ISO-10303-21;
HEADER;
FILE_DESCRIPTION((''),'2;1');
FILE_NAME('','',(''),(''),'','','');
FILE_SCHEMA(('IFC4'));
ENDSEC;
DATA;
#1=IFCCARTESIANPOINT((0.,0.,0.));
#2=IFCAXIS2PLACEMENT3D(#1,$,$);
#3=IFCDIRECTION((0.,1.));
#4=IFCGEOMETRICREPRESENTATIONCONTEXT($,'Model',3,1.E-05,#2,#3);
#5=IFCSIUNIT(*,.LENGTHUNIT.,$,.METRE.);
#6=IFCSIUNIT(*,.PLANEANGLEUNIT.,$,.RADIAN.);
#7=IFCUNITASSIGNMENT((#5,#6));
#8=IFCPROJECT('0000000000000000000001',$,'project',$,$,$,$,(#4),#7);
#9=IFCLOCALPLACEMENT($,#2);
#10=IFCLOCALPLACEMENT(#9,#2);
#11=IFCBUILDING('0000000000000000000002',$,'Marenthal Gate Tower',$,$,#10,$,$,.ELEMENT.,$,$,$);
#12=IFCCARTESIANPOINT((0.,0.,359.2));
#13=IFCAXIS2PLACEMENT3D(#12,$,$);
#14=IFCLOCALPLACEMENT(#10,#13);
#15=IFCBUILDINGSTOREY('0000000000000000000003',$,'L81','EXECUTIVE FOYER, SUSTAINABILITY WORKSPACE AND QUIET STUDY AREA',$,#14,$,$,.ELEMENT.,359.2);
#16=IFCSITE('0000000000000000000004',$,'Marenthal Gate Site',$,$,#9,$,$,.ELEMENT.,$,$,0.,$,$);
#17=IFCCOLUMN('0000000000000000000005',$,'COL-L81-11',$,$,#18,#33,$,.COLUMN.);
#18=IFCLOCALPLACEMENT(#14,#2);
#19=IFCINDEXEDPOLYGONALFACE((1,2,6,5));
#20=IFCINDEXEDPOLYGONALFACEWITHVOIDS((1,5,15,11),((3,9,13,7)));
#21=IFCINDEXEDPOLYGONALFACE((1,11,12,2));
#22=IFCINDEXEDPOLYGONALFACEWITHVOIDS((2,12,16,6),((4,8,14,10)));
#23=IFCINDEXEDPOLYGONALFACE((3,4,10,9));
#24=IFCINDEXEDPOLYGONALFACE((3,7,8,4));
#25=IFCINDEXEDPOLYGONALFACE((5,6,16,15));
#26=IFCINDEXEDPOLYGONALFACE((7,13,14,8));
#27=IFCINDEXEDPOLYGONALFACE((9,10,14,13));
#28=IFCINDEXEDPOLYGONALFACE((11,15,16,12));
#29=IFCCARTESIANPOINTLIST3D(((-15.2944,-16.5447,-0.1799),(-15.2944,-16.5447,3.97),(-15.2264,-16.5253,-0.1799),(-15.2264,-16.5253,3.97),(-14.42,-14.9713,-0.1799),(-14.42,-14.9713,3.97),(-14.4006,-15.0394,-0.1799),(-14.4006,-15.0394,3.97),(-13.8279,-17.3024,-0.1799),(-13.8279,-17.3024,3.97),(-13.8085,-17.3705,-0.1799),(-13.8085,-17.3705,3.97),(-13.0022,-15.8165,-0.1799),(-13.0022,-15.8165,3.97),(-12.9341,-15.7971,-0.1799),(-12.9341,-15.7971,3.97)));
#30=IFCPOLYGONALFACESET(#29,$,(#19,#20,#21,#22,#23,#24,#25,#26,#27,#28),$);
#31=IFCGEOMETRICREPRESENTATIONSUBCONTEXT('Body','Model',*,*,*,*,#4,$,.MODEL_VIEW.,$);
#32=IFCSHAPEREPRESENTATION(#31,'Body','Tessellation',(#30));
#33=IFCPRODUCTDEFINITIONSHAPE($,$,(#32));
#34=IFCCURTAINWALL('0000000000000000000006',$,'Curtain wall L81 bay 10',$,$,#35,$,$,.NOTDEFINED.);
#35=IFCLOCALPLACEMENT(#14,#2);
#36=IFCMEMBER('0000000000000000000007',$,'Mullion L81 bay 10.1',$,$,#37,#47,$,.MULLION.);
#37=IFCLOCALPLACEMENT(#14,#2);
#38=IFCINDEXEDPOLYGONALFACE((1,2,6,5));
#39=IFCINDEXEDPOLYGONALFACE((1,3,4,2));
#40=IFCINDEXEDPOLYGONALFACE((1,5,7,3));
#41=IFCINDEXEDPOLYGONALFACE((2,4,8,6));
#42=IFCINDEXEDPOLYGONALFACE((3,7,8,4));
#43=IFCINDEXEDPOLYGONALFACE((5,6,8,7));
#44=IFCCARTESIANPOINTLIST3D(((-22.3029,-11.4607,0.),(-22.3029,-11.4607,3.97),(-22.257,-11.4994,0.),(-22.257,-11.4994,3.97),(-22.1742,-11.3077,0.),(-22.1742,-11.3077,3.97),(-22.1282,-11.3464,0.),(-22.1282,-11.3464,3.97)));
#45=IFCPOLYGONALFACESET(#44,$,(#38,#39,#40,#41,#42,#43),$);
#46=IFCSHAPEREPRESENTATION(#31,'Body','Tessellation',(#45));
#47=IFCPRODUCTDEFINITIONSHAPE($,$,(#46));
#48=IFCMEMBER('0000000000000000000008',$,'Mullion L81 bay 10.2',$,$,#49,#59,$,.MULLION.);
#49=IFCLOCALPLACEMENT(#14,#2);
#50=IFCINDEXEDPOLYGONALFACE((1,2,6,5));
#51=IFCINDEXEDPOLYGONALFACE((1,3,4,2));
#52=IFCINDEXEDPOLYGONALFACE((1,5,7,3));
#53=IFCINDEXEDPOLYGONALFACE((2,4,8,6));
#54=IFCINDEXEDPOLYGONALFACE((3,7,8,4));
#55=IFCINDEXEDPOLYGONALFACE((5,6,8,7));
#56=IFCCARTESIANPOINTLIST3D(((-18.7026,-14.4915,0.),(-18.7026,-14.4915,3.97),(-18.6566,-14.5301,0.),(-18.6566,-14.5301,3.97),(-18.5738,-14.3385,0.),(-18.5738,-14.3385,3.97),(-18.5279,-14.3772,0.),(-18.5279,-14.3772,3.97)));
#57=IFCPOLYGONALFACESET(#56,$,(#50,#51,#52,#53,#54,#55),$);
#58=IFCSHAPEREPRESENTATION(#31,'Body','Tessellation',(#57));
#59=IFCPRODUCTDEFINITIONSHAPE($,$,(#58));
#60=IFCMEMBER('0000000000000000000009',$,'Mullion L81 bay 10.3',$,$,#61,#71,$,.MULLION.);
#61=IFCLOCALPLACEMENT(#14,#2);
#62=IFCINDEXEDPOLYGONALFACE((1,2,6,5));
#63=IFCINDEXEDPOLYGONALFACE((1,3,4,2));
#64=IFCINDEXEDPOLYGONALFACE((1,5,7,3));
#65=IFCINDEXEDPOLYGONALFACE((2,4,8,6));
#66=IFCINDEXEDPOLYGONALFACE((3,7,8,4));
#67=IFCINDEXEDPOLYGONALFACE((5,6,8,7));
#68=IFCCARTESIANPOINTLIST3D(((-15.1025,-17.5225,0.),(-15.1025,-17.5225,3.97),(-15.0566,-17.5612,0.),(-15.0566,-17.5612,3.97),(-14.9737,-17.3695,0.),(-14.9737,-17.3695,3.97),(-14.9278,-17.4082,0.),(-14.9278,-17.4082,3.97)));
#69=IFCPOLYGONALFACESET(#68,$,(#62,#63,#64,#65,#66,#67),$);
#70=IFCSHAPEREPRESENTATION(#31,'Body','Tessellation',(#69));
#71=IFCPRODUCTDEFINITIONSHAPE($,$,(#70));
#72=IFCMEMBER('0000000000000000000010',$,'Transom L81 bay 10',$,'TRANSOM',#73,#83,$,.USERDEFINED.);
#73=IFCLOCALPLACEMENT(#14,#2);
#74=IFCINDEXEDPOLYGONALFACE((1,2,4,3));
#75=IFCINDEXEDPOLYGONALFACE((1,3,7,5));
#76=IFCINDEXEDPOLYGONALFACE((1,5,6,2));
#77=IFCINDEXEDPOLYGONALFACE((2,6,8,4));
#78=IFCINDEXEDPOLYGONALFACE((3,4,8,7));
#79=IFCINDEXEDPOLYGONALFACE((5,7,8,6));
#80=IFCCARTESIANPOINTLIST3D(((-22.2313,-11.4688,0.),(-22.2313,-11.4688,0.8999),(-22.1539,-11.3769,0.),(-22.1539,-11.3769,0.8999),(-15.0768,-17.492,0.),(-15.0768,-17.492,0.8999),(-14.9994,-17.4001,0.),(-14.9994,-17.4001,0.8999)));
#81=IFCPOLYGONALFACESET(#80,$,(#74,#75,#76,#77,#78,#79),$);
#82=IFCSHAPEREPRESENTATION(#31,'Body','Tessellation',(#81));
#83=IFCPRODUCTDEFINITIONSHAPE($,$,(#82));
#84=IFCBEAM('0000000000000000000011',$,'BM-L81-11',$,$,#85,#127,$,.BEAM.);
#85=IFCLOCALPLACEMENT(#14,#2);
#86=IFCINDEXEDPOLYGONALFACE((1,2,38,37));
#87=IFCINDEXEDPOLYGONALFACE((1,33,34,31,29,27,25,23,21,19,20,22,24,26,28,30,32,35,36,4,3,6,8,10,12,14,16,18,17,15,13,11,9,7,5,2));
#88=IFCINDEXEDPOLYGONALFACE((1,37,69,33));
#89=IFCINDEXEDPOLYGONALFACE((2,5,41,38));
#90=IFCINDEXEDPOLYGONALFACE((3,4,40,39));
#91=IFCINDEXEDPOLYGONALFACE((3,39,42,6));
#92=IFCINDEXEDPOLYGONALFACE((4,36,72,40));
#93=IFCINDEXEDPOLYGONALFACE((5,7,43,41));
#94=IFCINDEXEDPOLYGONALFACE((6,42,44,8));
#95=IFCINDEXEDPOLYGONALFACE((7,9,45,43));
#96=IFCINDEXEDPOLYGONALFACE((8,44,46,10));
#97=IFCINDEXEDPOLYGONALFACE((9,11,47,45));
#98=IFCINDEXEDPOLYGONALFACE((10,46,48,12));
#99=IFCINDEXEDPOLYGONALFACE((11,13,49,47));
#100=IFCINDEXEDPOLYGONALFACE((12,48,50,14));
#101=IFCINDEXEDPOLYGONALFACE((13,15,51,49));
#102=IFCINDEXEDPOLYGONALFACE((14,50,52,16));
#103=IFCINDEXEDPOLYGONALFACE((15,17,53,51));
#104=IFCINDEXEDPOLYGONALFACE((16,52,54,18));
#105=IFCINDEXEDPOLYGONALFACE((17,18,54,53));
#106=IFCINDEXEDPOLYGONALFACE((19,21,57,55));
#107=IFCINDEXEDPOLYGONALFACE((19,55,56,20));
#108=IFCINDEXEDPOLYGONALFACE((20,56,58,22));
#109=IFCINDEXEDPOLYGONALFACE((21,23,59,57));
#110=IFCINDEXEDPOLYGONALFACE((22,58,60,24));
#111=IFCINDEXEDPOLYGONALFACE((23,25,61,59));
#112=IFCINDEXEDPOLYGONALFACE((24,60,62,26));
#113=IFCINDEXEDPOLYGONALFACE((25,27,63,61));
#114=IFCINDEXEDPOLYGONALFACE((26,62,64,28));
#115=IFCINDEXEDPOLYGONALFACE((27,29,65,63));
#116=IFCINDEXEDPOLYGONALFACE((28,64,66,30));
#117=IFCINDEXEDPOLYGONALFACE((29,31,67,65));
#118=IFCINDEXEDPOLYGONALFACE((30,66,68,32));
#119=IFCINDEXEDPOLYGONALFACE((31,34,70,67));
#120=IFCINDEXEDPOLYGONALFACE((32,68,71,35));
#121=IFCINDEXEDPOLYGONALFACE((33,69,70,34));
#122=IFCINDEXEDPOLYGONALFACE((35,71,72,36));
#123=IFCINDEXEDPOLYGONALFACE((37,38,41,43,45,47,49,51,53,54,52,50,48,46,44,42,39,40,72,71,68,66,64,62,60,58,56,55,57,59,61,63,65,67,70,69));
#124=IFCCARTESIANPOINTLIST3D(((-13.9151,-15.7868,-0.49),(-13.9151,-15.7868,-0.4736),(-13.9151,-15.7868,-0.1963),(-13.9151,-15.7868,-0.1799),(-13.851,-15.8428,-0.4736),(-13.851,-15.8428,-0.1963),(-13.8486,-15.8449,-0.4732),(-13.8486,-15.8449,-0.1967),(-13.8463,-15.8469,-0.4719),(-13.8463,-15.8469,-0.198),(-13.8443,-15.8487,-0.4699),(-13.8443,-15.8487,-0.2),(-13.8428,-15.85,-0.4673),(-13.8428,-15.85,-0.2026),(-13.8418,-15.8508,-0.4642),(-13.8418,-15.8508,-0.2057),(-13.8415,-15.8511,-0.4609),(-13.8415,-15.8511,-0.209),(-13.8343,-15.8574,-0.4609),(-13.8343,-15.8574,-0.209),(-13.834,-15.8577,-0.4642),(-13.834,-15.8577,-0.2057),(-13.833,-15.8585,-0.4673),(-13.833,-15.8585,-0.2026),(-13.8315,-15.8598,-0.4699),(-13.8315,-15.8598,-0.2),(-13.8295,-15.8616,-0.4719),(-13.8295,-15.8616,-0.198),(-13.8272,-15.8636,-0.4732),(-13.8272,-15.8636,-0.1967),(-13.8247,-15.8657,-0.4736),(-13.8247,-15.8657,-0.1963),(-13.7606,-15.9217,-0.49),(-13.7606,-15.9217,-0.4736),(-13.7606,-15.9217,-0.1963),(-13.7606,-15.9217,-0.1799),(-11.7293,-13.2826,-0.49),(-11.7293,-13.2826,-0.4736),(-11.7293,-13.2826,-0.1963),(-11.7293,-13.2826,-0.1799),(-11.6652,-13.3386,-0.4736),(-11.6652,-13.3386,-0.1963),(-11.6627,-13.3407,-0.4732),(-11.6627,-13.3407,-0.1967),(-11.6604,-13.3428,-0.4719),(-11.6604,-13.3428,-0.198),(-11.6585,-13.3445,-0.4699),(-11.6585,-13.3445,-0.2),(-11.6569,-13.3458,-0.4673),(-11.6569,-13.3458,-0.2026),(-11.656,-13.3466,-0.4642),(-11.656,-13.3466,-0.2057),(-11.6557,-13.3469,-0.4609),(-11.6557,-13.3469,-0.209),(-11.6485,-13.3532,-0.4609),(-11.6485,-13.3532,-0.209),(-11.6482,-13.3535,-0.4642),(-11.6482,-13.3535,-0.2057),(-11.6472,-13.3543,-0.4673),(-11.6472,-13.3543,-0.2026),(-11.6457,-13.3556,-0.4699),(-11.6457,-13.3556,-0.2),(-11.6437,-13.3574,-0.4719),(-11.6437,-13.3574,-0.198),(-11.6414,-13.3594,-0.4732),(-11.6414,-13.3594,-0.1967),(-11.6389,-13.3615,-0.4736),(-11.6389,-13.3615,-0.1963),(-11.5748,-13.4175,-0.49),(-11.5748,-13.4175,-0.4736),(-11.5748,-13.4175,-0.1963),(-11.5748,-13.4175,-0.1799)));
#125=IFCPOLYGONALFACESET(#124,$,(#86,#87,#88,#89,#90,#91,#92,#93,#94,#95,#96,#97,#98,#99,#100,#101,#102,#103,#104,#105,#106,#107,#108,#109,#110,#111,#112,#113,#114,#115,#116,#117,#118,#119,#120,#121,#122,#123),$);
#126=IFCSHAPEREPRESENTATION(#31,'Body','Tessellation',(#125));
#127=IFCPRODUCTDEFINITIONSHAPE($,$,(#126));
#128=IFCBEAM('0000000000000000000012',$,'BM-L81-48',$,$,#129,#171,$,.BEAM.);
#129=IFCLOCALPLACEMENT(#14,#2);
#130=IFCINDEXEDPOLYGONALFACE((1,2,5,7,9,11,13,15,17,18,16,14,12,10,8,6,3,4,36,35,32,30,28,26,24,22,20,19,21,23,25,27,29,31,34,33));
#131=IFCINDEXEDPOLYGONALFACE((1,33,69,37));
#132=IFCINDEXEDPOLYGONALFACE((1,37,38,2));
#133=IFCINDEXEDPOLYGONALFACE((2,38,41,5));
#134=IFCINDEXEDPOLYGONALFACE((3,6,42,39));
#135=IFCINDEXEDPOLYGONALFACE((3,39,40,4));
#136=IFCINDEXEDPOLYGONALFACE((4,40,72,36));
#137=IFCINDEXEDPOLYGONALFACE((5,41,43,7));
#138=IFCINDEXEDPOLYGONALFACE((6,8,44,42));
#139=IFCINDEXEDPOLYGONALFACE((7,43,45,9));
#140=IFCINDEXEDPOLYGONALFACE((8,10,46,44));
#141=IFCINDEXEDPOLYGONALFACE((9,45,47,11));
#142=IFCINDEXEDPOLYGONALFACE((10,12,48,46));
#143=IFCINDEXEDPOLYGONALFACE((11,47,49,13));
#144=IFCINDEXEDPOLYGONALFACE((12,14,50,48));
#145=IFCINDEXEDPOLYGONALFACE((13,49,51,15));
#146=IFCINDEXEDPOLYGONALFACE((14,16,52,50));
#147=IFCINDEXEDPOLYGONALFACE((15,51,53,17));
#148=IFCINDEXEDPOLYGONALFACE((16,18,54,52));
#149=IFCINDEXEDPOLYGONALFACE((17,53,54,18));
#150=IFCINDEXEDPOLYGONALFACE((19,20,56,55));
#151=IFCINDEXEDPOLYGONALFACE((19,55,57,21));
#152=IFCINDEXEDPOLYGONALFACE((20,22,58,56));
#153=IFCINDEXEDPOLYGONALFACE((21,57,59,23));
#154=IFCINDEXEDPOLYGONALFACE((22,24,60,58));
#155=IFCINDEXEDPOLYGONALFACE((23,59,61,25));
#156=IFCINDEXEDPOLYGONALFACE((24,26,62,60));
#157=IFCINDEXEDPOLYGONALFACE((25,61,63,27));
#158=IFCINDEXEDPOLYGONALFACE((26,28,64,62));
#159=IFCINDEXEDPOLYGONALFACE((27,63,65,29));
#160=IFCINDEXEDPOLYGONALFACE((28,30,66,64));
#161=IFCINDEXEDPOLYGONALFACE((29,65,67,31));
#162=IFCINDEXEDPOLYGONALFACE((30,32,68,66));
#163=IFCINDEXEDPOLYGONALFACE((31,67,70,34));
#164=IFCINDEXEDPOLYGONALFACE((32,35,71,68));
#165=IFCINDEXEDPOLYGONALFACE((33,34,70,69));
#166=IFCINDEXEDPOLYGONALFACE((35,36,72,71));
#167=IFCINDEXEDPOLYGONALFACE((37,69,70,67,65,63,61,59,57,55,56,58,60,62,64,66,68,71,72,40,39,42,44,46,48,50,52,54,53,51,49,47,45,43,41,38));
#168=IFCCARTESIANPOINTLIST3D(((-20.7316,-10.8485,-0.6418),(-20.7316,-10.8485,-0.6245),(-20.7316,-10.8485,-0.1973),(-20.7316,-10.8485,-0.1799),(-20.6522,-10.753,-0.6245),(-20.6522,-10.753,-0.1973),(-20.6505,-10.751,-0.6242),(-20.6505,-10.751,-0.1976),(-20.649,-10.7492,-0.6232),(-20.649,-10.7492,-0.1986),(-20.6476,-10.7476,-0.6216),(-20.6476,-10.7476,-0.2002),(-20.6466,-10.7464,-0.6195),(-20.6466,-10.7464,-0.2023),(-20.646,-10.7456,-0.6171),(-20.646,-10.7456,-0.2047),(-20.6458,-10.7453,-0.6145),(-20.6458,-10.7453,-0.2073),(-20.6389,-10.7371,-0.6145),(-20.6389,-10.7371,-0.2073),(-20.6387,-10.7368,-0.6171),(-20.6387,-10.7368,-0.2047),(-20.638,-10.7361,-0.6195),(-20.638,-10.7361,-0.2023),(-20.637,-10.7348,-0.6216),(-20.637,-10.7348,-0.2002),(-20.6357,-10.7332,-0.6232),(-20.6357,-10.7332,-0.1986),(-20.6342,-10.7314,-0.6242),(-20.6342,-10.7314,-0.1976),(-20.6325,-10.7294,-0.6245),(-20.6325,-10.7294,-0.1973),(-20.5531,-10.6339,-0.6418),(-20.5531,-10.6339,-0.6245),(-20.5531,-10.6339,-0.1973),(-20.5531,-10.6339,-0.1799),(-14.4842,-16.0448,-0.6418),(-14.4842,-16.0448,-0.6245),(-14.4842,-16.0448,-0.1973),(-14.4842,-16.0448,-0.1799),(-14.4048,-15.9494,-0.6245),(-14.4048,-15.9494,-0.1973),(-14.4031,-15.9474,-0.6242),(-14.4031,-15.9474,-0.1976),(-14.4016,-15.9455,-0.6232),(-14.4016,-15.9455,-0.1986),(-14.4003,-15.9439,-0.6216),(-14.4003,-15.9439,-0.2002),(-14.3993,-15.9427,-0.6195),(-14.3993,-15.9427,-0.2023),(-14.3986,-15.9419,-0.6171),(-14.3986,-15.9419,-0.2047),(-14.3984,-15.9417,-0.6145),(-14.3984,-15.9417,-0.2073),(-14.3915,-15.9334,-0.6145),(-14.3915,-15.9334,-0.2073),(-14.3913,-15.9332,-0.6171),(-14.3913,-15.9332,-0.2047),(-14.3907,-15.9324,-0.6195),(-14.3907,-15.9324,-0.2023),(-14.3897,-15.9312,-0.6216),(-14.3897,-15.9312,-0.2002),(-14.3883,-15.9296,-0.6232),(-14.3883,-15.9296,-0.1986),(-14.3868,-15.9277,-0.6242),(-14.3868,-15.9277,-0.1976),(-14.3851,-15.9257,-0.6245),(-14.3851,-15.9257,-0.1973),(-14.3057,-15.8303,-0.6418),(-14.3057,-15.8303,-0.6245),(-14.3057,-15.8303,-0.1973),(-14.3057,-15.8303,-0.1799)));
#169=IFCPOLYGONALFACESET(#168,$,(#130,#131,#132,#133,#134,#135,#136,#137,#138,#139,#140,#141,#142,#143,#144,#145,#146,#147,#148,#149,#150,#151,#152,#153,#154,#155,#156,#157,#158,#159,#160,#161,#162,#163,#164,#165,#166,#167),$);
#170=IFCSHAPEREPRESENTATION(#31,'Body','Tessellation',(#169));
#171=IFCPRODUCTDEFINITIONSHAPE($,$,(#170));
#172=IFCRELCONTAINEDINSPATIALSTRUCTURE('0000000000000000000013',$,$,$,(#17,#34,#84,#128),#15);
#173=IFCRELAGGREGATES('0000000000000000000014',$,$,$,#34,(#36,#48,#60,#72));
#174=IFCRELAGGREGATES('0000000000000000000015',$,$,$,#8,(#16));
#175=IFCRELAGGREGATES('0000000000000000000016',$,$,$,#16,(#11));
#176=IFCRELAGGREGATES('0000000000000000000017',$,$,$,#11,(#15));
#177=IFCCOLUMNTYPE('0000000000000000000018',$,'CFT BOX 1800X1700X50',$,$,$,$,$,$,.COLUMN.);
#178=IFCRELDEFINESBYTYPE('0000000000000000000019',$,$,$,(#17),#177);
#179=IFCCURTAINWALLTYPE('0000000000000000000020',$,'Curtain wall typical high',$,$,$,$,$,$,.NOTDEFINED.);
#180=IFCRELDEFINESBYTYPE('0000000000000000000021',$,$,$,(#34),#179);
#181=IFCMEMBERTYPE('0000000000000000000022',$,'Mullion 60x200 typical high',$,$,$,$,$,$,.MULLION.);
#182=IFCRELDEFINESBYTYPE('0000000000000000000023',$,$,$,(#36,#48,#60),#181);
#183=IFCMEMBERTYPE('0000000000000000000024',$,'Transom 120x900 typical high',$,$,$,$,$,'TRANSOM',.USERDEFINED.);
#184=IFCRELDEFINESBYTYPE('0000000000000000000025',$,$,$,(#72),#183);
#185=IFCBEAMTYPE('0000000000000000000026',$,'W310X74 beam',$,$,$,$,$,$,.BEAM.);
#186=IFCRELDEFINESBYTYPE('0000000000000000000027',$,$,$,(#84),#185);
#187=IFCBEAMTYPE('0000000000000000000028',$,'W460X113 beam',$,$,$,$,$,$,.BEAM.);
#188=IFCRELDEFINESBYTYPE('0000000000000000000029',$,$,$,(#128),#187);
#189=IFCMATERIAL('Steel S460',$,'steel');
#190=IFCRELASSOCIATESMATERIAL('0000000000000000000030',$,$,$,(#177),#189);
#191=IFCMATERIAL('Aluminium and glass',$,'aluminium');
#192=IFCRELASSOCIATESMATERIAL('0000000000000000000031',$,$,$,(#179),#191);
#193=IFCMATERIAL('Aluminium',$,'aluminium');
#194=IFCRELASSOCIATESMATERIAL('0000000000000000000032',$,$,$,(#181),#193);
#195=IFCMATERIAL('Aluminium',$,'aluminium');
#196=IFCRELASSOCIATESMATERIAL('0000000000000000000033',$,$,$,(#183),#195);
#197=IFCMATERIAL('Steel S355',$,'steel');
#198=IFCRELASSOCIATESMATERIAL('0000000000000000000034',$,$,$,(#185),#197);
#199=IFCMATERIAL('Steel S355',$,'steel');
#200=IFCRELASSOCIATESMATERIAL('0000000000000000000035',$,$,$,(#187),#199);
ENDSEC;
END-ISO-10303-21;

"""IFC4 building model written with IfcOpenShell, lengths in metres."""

from ifc_helpers import new_model, si_unit, direction, frame, origin, origin_2d, place, context, subcontext, project, spatial, rectangle, hollow_rectangle, i_section, extrude, material, material_profile, profile_set, type_object, element, aggregate, save


model = new_model("IFC4")

# Units and contexts
model_context = context("Model", 3, precision=1e-05, world=origin(), true_north=direction((0.0, 1.0)))
body_context = subcontext(model_context, "Body", "Model", "MODEL_VIEW")
ifc_project = project(units=[si_unit("LENGTHUNIT", "METRE"), si_unit("PLANEANGLEUNIT", "RADIAN")], contexts=[model_context])

# Site, building, storey
site_placement = place(None, origin())
site = spatial("IfcSite", under=ifc_project, at=site_placement, Name="Marenthal Gate Site", CompositionType="ELEMENT", RefElevation=0.0)
building_placement = place(site_placement, origin())
building = spatial("IfcBuilding", under=site, at=building_placement, Name="Marenthal Gate Tower", CompositionType="ELEMENT")
storey_placement = place(building_placement, frame((0.0, 0.0, 359.2)))
storey = spatial("IfcBuildingStorey", under=building, at=storey_placement, Name="L81", Description="EXECUTIVE FOYER, SUSTAINABILITY WORKSPACE AND QUIET STUDY AREA", CompositionType="ELEMENT", Elevation=359.2)

# Column
ifc_material_1 = material(Name="Steel S460", Category="steel")
ifc_material_profile_1 = material_profile(ifc_material_1, hollow_rectangle(XDim=1.7, YDim=1.8, WallThickness=0.05, at=origin_2d()), Name="CFT BOX 1800X1700X50")
ifc_material_2 = material(Name="Concrete 70 MPa", Category="concrete")
ifc_material_profile_2 = material_profile(ifc_material_2, rectangle(XDim=1.6001, YDim=1.7, at=origin_2d()), Name="CFT BOX 1800X1700X50 INFILL")
ifc_profile_set_1 = profile_set([ifc_material_profile_1, ifc_material_profile_2], Name="Steel S460 shell, Concrete 70 MPa infill")
column_type = type_object("IfcColumnType", Name="CFT BOX 1800X1700X50", PredefinedType="COLUMN", material=ifc_profile_set_1)
column_placement = place(storey_placement, frame((-14.1143, -16.1709, -0.1799), z_axis=(0.0, 0.0, 1.0), x_axis=(-0.874089, 0.485765, 0.0)))
element("IfcColumn", 1, at=column_placement, inside=storey, type_object=column_type, Name="COL-L81-11", PredefinedType="COLUMN", context=body_context, shape_type="SweptSolid", body=[
    extrude(hollow_rectangle(XDim=1.7, YDim=1.8, WallThickness=0.05, at=origin_2d()), origin(), (0.0, 0.0, 1.0), 4.1499),
])

# Curtain wall, members
ifc_material_3 = material(Name="Aluminium and glass", Category="aluminium")
curtain_wall_type = type_object("IfcCurtainWallType", Name="Curtain wall typical high", PredefinedType="NOTDEFINED", material=ifc_material_3)
curtain_wall_placement = place(storey_placement, origin())
curtain_wall = element("IfcCurtainWall", 2, at=curtain_wall_placement, inside=storey, type_object=curtain_wall_type, Name="Curtain wall L81 bay 10", PredefinedType="NOTDEFINED")
ifc_material_4 = material(Name="Aluminium", Category="aluminium")
ifc_material_profile_3 = material_profile(ifc_material_4, rectangle(XDim=0.2, YDim=0.0601, at=origin_2d()), Name="60x200 aluminium mullion")
ifc_profile_set_2 = profile_set([ifc_material_profile_3], Name="Aluminium")
member_type_1 = type_object("IfcMemberType", Name="Mullion 60x200 typical high", PredefinedType="MULLION", material=ifc_profile_set_2)
member_1_placement = place(storey_placement, frame((-22.2156, -11.4036, 0.0), z_axis=(0.0, 0.0, 1.0), x_axis=(0.644023, 0.765006, 0.0)))
member_1 = element("IfcMember", 3, at=member_1_placement, type_object=member_type_1, Name="Mullion L81 bay 10.1", PredefinedType="MULLION", context=body_context, shape_type="SweptSolid", body=[
    extrude(rectangle(XDim=0.2, YDim=0.0601, at=origin_2d()), origin(), (0.0, 0.0, 1.0), 3.97),
])
member_2_placement = place(storey_placement, frame((-18.6152, -14.4343, 0.0), z_axis=(0.0, 0.0, 1.0), x_axis=(0.644023, 0.765006, 0.0)))
member_2 = element("IfcMember", 4, at=member_2_placement, type_object=member_type_1, Name="Mullion L81 bay 10.2", PredefinedType="MULLION", context=body_context, shape_type="SweptSolid", body=[
    extrude(rectangle(XDim=0.2, YDim=0.0601, at=origin_2d()), origin(), (0.0, 0.0, 1.0), 3.97),
])
member_3_placement = place(storey_placement, frame((-15.0151, -17.4653, 0.0), z_axis=(0.0, 0.0, 1.0), x_axis=(0.644023, 0.765006, 0.0)))
member_3 = element("IfcMember", 5, at=member_3_placement, type_object=member_type_1, Name="Mullion L81 bay 10.3", PredefinedType="MULLION", context=body_context, shape_type="SweptSolid", body=[
    extrude(rectangle(XDim=0.2, YDim=0.0601, at=origin_2d()), origin(), (0.0, 0.0, 1.0), 3.97),
])
ifc_material_5 = material(Name="Aluminium", Category="aluminium")
ifc_material_profile_4 = material_profile(ifc_material_5, rectangle(XDim=0.1201, YDim=0.8999, at=origin_2d()), Name="120x900 aluminium transom")
ifc_profile_set_3 = profile_set([ifc_material_profile_4], Name="Aluminium")
member_type_2 = type_object("IfcMemberType", Name="Transom 120x900 typical high", ElementType="TRANSOM", PredefinedType="USERDEFINED", material=ifc_profile_set_3)
member_4_placement = place(storey_placement, frame((-22.1926, -11.4229, 0.45), z_axis=(0.765, -0.64403, 0.0), x_axis=(0.64403, 0.765, 0.0)))
member_4 = element("IfcMember", 6, at=member_4_placement, type_object=member_type_2, Name="Transom L81 bay 10", ObjectType="TRANSOM", PredefinedType="USERDEFINED", context=body_context, shape_type="SweptSolid", body=[
    extrude(rectangle(XDim=0.1201, YDim=0.8999, at=origin_2d()), origin(), (0.0, 0.0, 1.0), 9.3523),
])

# Beams
ifc_material_6 = material(Name="Steel S355", Category="steel")
ifc_material_profile_5 = material_profile(ifc_material_6, i_section(OverallWidth=0.2051, OverallDepth=0.3101, WebThickness=0.0095, FlangeThickness=0.0164, FilletRadius=0.0127, at=origin_2d()), Name="W310X74")
ifc_profile_set_4 = profile_set([ifc_material_profile_5], Name="Steel S355")
beam_type_1 = type_object("IfcBeamType", Name="W310X74 beam", PredefinedType="BEAM", material=ifc_profile_set_4)
beam_1_placement = place(storey_placement, frame((-13.8379, -15.8542, -0.335), z_axis=(0.657594, 0.753372, 0.0), x_axis=(-0.753372, 0.657594, 0.0)))
element("IfcBeam", 7, at=beam_1_placement, inside=storey, type_object=beam_type_1, Name="BM-L81-11", PredefinedType="BEAM", context=body_context, shape_type="SweptSolid", body=[
    extrude(i_section(OverallWidth=0.2051, OverallDepth=0.3101, WebThickness=0.0095, FlangeThickness=0.0164, FilletRadius=0.0127, at=origin_2d()), origin(), (0.0, 0.0, 1.0), 3.324),
])
ifc_material_7 = material(Name="Steel S355", Category="steel")
ifc_material_profile_6 = material_profile(ifc_material_7, i_section(OverallWidth=0.2791, OverallDepth=0.4619, WebThickness=0.0107, FlangeThickness=0.0173, FilletRadius=0.01, at=origin_2d()), Name="W460X113")
ifc_profile_set_5 = profile_set([ifc_material_profile_6], Name="Steel S355")
beam_type_2 = type_object("IfcBeamType", Name="W460X113 beam", PredefinedType="BEAM", material=ifc_profile_set_5)
beam_2_placement = place(storey_placement, frame((-20.6423, -10.7412, -0.4109), z_axis=(0.768814, -0.639472, 0.0), x_axis=(0.639472, 0.768814, 0.0)))
element("IfcBeam", 8, at=beam_2_placement, inside=storey, type_object=beam_type_2, Name="BM-L81-48", PredefinedType="BEAM", context=body_context, shape_type="SweptSolid", body=[
    extrude(i_section(OverallWidth=0.2791, OverallDepth=0.4619, WebThickness=0.0107, FlangeThickness=0.0173, FilletRadius=0.01, at=origin_2d()), origin(), (0.0, 0.0, 1.0), 8.126),
])

aggregate(curtain_wall, [member_1, member_2, member_3, member_4])

save(model, "model.ifc")
